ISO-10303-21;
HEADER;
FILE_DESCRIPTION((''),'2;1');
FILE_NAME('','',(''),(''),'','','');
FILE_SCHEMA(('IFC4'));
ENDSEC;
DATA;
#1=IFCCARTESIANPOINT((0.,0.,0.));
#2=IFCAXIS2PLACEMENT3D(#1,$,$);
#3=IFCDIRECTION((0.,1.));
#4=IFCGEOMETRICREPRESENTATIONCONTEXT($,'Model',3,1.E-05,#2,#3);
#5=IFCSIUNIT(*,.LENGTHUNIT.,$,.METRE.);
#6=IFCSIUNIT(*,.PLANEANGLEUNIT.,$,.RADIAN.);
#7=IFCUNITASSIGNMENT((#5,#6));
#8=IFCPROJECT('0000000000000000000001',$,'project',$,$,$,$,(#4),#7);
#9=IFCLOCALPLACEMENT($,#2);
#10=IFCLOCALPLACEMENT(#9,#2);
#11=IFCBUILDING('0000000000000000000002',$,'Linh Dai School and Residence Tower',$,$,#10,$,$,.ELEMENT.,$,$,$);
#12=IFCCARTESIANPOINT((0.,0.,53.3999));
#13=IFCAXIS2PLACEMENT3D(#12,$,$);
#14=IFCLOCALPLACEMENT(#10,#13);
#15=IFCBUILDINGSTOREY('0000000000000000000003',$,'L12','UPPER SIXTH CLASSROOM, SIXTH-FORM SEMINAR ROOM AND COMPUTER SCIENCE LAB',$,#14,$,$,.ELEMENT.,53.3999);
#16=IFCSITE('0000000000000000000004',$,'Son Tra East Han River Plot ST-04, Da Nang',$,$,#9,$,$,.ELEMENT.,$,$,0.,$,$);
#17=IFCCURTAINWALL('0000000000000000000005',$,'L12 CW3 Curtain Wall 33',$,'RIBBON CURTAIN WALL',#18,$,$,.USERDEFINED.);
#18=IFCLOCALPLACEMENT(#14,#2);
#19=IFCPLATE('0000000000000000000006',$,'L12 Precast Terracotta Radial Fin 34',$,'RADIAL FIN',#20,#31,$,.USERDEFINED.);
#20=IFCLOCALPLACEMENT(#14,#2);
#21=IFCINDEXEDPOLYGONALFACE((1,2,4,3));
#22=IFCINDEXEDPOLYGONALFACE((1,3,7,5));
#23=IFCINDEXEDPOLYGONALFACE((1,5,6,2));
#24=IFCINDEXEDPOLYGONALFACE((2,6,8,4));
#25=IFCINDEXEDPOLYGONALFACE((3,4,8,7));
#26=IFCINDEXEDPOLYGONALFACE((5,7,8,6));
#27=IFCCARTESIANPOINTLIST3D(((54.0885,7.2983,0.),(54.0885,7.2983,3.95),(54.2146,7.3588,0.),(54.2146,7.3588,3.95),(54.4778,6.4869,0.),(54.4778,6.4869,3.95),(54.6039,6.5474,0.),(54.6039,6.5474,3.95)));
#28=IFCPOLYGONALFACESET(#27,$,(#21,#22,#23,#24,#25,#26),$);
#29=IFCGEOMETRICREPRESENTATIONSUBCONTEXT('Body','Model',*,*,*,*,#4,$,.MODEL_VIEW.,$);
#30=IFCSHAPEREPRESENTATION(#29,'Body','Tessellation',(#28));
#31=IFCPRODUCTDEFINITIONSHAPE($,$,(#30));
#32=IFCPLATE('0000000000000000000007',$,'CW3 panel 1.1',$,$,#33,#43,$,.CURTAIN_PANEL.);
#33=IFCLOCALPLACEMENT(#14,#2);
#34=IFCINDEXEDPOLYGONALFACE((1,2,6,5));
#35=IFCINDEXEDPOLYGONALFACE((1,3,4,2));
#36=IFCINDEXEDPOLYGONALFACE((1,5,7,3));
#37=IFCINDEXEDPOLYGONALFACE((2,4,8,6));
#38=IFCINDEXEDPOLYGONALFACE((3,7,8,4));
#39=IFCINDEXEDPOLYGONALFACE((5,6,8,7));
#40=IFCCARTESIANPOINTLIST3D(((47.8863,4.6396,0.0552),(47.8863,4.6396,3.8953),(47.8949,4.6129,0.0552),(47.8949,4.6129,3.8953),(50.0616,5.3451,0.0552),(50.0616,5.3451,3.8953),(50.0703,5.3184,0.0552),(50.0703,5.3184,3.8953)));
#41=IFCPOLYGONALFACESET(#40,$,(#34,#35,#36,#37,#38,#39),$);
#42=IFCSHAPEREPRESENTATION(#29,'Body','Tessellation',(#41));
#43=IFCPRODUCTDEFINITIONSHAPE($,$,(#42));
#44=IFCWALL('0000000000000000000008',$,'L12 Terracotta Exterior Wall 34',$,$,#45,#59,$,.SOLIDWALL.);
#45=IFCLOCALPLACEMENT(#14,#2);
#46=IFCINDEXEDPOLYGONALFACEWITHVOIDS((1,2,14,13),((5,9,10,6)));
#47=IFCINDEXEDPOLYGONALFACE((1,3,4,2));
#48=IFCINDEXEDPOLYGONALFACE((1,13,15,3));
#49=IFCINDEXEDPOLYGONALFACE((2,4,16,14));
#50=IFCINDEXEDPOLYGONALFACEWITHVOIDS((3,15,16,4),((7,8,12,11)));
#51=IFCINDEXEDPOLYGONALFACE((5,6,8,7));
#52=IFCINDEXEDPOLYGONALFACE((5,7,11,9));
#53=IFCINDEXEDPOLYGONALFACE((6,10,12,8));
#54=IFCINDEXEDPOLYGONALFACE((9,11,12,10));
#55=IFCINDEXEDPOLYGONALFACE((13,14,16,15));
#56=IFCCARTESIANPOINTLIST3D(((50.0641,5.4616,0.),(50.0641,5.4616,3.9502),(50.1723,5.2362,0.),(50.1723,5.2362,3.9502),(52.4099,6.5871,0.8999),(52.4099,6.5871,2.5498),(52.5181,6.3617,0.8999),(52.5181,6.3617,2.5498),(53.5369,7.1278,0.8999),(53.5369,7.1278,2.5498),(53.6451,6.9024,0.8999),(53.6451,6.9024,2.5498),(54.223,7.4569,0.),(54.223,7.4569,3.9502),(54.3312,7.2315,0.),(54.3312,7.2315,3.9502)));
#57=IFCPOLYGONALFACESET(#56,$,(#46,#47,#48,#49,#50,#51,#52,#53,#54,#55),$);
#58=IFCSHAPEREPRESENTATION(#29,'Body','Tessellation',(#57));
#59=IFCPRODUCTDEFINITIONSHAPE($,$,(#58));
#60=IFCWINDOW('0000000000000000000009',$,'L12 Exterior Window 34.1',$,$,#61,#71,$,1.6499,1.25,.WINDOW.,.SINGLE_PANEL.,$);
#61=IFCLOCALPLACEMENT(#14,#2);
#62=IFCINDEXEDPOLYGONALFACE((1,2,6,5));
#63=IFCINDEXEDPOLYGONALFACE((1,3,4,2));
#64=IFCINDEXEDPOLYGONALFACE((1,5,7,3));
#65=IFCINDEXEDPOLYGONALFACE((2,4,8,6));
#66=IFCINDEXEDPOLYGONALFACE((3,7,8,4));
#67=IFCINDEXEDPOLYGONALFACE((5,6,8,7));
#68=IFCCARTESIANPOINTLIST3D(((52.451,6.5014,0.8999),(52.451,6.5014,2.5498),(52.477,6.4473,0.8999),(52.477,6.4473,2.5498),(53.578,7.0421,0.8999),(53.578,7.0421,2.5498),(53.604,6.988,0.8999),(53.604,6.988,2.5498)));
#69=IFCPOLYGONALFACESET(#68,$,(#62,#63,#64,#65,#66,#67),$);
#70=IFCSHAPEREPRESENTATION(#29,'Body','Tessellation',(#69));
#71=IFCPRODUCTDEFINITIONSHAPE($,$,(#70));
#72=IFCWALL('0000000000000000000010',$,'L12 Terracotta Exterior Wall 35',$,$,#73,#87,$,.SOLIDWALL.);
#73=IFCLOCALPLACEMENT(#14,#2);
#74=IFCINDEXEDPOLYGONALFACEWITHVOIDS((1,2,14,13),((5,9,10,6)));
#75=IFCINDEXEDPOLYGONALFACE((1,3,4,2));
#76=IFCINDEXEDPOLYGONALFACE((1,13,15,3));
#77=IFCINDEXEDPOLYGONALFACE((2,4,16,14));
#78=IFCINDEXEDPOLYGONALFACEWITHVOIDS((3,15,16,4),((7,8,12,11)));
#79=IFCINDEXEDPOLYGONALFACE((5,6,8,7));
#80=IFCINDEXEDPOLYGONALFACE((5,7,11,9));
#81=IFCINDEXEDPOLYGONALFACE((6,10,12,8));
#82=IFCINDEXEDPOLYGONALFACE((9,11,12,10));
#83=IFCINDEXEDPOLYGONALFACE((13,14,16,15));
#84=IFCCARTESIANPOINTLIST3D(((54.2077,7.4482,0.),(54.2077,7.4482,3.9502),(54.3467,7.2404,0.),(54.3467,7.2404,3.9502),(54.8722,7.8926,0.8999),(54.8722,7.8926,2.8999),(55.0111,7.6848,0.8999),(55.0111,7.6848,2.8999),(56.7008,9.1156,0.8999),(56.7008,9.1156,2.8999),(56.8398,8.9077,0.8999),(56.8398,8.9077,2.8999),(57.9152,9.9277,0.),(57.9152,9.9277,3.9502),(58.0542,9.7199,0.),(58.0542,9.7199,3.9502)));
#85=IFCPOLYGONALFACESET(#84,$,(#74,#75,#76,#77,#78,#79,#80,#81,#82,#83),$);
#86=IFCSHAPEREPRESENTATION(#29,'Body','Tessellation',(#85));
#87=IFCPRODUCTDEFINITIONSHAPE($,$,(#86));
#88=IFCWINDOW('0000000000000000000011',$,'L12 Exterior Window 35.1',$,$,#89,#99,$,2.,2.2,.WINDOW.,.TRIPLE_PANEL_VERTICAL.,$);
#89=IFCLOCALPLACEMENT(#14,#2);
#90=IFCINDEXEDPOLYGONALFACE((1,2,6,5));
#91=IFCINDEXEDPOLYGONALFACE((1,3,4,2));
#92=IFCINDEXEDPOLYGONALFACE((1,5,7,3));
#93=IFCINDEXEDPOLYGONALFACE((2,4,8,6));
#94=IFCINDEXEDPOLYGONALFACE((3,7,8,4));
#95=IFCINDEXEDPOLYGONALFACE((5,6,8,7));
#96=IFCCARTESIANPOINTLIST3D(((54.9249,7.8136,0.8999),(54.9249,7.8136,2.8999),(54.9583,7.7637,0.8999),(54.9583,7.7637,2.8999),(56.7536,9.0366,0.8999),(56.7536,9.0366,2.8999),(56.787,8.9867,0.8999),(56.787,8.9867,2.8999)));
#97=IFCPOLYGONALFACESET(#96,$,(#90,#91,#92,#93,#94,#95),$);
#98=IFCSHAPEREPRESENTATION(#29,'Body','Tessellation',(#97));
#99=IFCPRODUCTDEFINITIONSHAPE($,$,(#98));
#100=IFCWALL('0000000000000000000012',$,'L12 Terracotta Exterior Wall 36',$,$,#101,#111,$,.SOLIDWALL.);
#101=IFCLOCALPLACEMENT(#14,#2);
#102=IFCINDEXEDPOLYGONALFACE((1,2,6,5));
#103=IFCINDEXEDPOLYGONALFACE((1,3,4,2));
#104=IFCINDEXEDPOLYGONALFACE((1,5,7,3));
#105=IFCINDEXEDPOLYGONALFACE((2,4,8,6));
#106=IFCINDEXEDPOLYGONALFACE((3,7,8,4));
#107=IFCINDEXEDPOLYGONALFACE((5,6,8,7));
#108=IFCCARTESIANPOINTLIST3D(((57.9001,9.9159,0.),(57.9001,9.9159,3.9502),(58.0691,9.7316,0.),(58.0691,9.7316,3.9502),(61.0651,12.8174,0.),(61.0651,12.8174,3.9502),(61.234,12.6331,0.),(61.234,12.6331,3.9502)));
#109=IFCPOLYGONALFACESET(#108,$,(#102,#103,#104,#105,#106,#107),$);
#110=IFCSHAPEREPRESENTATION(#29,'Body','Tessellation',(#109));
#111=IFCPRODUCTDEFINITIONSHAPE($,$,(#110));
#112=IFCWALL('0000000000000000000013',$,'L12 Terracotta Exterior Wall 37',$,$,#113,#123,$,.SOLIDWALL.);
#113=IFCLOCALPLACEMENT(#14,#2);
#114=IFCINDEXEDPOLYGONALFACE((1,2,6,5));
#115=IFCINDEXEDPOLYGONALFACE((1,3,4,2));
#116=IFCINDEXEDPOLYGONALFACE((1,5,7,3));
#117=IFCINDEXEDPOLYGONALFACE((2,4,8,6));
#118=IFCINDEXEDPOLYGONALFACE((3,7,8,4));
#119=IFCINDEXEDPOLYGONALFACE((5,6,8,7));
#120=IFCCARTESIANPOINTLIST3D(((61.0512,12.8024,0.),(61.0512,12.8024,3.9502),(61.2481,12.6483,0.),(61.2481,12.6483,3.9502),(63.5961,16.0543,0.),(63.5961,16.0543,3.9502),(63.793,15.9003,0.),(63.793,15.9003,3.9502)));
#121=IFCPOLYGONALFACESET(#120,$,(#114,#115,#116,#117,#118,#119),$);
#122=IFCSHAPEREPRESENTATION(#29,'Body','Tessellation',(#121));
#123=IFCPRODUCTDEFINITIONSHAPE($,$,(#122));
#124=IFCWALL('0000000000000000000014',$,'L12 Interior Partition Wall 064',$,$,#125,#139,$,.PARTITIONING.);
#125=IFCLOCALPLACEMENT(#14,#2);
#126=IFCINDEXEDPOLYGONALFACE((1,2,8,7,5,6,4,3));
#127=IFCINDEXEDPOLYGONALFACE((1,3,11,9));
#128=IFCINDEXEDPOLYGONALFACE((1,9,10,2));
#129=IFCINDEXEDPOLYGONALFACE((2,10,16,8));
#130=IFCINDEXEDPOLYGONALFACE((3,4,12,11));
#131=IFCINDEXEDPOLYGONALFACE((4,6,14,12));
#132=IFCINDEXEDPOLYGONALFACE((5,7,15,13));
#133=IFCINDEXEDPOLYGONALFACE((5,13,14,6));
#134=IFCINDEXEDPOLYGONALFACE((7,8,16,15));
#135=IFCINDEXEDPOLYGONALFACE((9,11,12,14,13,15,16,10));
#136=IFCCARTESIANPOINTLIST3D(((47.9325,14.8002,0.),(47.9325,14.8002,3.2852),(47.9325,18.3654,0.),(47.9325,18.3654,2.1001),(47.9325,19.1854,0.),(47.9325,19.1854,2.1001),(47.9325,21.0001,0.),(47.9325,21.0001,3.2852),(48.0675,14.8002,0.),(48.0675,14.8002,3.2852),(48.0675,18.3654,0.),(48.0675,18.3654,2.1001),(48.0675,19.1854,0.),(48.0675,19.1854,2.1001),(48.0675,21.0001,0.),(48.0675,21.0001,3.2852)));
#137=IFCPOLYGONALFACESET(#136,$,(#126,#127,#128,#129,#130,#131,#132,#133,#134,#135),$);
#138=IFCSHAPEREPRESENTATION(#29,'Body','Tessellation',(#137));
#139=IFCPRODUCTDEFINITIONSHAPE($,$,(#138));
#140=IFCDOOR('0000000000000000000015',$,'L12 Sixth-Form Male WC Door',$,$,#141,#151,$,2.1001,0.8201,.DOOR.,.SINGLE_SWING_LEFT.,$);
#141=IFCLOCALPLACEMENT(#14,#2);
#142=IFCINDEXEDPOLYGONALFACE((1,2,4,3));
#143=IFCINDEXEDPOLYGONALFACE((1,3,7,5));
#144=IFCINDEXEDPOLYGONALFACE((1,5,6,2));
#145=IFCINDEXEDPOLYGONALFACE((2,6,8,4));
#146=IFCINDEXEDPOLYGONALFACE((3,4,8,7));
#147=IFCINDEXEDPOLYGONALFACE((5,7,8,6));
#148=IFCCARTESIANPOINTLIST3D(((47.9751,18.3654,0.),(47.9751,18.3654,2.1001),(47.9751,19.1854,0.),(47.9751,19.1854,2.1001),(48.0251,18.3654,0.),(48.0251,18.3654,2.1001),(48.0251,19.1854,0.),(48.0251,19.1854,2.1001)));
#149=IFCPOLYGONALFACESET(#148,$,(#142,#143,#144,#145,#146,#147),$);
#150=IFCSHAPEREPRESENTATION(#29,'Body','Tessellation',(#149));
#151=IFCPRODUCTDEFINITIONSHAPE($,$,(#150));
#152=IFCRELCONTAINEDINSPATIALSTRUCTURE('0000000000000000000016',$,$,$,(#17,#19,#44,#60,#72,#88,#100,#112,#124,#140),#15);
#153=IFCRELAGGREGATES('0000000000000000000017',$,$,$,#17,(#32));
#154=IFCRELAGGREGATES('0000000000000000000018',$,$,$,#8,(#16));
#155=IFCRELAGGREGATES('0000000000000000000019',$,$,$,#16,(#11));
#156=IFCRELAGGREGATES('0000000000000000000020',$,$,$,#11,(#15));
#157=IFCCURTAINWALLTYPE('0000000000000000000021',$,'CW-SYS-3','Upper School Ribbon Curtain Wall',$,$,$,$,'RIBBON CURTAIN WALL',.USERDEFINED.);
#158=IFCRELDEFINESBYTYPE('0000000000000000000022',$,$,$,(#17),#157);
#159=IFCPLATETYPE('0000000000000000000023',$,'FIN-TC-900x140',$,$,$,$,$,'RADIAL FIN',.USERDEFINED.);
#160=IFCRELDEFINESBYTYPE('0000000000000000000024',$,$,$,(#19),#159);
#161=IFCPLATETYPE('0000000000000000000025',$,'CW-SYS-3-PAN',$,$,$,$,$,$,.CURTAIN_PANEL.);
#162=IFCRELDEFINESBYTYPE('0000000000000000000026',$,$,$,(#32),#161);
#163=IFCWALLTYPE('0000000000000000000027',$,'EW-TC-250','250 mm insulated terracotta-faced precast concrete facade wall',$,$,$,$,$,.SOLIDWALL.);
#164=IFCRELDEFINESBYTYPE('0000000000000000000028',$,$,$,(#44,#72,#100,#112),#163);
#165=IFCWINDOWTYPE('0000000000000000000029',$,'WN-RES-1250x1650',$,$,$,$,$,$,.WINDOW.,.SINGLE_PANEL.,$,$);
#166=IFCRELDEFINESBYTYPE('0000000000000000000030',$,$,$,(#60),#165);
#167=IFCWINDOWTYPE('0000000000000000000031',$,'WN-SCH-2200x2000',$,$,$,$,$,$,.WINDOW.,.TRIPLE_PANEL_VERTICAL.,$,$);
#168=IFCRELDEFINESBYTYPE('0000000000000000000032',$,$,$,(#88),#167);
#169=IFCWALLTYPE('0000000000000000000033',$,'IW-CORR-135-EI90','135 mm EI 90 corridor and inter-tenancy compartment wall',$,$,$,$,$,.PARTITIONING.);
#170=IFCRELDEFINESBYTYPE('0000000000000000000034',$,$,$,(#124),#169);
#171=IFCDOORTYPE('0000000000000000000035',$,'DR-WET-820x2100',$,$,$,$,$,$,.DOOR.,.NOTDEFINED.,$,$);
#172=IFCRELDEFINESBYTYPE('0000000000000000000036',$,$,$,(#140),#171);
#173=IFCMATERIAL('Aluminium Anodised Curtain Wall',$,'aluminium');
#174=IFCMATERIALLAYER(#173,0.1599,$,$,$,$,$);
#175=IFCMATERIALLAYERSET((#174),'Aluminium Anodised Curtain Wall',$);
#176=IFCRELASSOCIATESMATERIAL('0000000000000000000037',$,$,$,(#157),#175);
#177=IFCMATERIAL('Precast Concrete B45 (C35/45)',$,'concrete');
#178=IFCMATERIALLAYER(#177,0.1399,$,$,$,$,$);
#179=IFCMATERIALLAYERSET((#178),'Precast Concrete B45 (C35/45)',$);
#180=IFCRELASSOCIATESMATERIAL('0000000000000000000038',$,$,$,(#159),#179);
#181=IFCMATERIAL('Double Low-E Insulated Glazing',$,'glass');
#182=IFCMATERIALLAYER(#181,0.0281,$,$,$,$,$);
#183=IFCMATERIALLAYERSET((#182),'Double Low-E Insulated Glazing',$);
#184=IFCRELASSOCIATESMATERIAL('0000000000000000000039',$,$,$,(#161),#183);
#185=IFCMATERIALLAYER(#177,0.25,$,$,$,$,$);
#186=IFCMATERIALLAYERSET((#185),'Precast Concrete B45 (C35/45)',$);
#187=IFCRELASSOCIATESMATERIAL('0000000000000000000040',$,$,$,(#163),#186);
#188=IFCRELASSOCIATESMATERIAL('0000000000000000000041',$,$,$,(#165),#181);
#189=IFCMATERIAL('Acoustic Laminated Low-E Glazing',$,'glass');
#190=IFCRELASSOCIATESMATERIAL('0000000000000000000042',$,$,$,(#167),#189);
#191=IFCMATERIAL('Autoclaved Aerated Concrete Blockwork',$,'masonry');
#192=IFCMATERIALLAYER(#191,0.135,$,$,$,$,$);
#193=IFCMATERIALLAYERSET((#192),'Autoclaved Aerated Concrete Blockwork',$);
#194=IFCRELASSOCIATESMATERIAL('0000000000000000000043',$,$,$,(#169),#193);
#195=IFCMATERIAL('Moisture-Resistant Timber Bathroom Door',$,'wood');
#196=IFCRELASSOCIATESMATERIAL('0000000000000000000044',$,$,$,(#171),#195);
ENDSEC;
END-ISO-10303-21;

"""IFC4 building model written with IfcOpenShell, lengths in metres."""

from ifc_helpers import new_model, si_unit, direction, frame, frame_2d, origin, origin_2d, place, context, subcontext, project, spatial, rectangle, extrude, source, transform, mapped, material, layer, layer_set, type_object, element, fill, aggregate, save


model = new_model("IFC4")

# Units and contexts
model_context = context("Model", 3, precision=1e-05, world=origin(), true_north=direction((0.0, 1.0)))
body_context = subcontext(model_context, "Body", "Model", "MODEL_VIEW")
ifc_project = project(units=[si_unit("LENGTHUNIT", "METRE"), si_unit("PLANEANGLEUNIT", "RADIAN")], contexts=[model_context])

# Site, building, storey
site_placement = place(None, origin())
site = spatial("IfcSite", under=ifc_project, at=site_placement, Name="Son Tra East Han River Plot ST-04, Da Nang", CompositionType="ELEMENT", RefElevation=0.0)
building_placement = place(site_placement, origin())
building = spatial("IfcBuilding", under=site, at=building_placement, Name="Linh Dai School and Residence Tower", CompositionType="ELEMENT")
storey_placement = place(building_placement, frame((0.0, 0.0, 53.3999)))
storey = spatial("IfcBuildingStorey", under=building, at=storey_placement, Name="L12", Description="UPPER SIXTH CLASSROOM, SIXTH-FORM SEMINAR ROOM AND COMPUTER SCIENCE LAB", CompositionType="ELEMENT", Elevation=53.3999)

# Curtain wall
ifc_material_1 = material(Name="Aluminium Anodised Curtain Wall", Category="aluminium")
ifc_layer_1 = layer(ifc_material_1, 0.1599)
ifc_layer_set_1 = layer_set([ifc_layer_1], Name="Aluminium Anodised Curtain Wall")
curtain_wall_type = type_object("IfcCurtainWallType", Name="CW-SYS-3", Description="Upper School Ribbon Curtain Wall", ElementType="RIBBON CURTAIN WALL", PredefinedType="USERDEFINED", material=ifc_layer_set_1)
curtain_wall_placement = place(storey_placement, origin())
curtain_wall = element("IfcCurtainWall", 1, at=curtain_wall_placement, inside=storey, type_object=curtain_wall_type, Name="L12 CW3 Curtain Wall 33", ObjectType="RIBBON CURTAIN WALL", PredefinedType="USERDEFINED")

# Plate
ifc_material_2 = material(Name="Precast Concrete B45 (C35/45)", Category="concrete")
ifc_layer_2 = layer(ifc_material_2, 0.1399)
ifc_layer_set_2 = layer_set([ifc_layer_2], Name="Precast Concrete B45 (C35/45)")
plate_type_1 = type_object("IfcPlateType", Name="FIN-TC-900x140", ElementType="RADIAL FIN", PredefinedType="USERDEFINED", material=ifc_layer_set_2)
shared_shape_1 = source(origin(), body_context, "Body", "SweptSolid", [
    extrude(rectangle(XDim=0.8999, YDim=0.1399, at=origin_2d()), origin(), (0.0, 0.0, 1.0), 3.95),
])
plate_1_placement = place(storey_placement, frame((54.3462, 6.9229, 0.0), z_axis=(0.0, 0.0, 1.0), x_axis=(0.432603, -0.901585, 0.0)))
element("IfcPlate", 2, at=plate_1_placement, inside=storey, type_object=plate_type_1, Name="L12 Precast Terracotta Radial Fin 34", ObjectType="RADIAL FIN", PredefinedType="USERDEFINED", context=body_context, shape_type="MappedRepresentation", body=[
    mapped(shared_shape_1, transform((0.0, 0.0, 0.0), x_axis=(1.0, 0.0, 0.0), y_axis=(0.0, 1.0, 0.0), z_axis=(0.0, 0.0, 1.0), scale=1.0)),
])

# Plate
ifc_material_3 = material(Name="Double Low-E Insulated Glazing", Category="glass")
ifc_layer_3 = layer(ifc_material_3, 0.0281)
ifc_layer_set_3 = layer_set([ifc_layer_3], Name="Double Low-E Insulated Glazing")
plate_type_2 = type_object("IfcPlateType", Name="CW-SYS-3-PAN", PredefinedType="CURTAIN_PANEL", material=ifc_layer_set_3)
shared_shape_2 = source(origin(), body_context, "Body", "SweptSolid", [
    extrude(rectangle(XDim=2.2869, YDim=0.0281, at=origin_2d()), origin(), (0.0, 0.0, 1.0), 3.8401),
])
plate_2_placement = place(storey_placement, frame((48.9783, 4.979, 0.0552), z_axis=(0.0, 0.0, 1.0), x_axis=(-0.951221, -0.308511, 0.0)))
plate_2 = element("IfcPlate", 3, at=plate_2_placement, type_object=plate_type_2, Name="CW3 panel 1.1", PredefinedType="CURTAIN_PANEL", context=body_context, shape_type="MappedRepresentation", body=[
    mapped(shared_shape_2, transform((0.0, 0.0, 0.0), x_axis=(1.0, 0.0, 0.0), y_axis=(0.0, 1.0, 0.0), z_axis=(0.0, 0.0, 1.0), scale=1.0)),
])
aggregate(curtain_wall, [plate_2])

# Walls, openings, windows
ifc_layer_4 = layer(ifc_material_2, 0.25)
ifc_layer_set_4 = layer_set([ifc_layer_4], Name="Precast Concrete B45 (C35/45)")
wall_type_1 = type_object("IfcWallType", Name="EW-TC-250", Description="250 mm insulated terracotta-faced precast concrete facade wall", PredefinedType="SOLIDWALL", material=ifc_layer_set_4)
wall_1_placement = place(storey_placement, frame((54.2771, 7.3442, 0.0), z_axis=(0.0, 0.0, 1.0), x_axis=(-0.901602, -0.432568, 0.0)))
wall_1 = element("IfcWall", 4, at=wall_1_placement, inside=storey, type_object=wall_type_1, Name="L12 Terracotta Exterior Wall 34", PredefinedType="SOLIDWALL", context=body_context, shape_type="SweptSolid", body=[
    extrude(rectangle(XDim=4.6128, YDim=0.25, at=frame_2d((2.3064, 0.0))), origin(), (0.0, 0.0, 1.0), 3.9502),
])
opening_1_placement = place(wall_1_placement, frame((0.761, 0.0, 0.8999)))
opening_1 = element("IfcOpeningElement", 5, at=opening_1_placement, cuts=wall_1, PredefinedType="OPENING", context=body_context, shape_type="SweptSolid", body=[
    extrude(rectangle(XDim=1.25, YDim=1.6499, at=origin_2d()), frame((0.625, 0.135, 0.825), z_axis=(0.0, -1.0, 0.0), x_axis=(1.0, 0.0, 0.0)), (0.0, 0.0, 1.0), 0.27),
])
window_type_1 = type_object("IfcWindowType", Name="WN-RES-1250x1650", PartitioningType="SINGLE_PANEL", PredefinedType="WINDOW", material=ifc_material_3)
shared_shape_3 = source(origin(), body_context, "Body", "SweptSolid", [
    extrude(rectangle(XDim=1.25, YDim=1.6499, at=origin_2d()), frame((0.625, 0.03, 0.825), z_axis=(0.0, -1.0, 0.0), x_axis=(1.0, 0.0, 0.0)), (0.0, 0.0, 1.0), 0.0601),
])
window_1_placement = place(opening_1_placement, origin())
window_1 = element("IfcWindow", 6, at=window_1_placement, inside=storey, type_object=window_type_1, Name="L12 Exterior Window 34.1", OverallHeight=1.6499, OverallWidth=1.25, PartitioningType="SINGLE_PANEL", PredefinedType="WINDOW", context=body_context, shape_type="MappedRepresentation", body=[
    mapped(shared_shape_3, transform((0.0, 0.0, 0.0), x_axis=(1.0, 0.0, 0.0), y_axis=(0.0, 1.0, 0.0), z_axis=(0.0, 0.0, 1.0), scale=1.0)),
])
fill(opening_1, window_1)
wall_2_placement = place(storey_placement, frame((57.9846, 9.8237, 0.0), z_axis=(0.0, 0.0, 1.0), x_axis=(-0.831241, -0.555912, 0.0)))
wall_2 = element("IfcWall", 7, at=wall_2_placement, inside=storey, type_object=wall_type_1, Name="L12 Terracotta Exterior Wall 35", PredefinedType="SOLIDWALL", context=body_context, shape_type="SweptSolid", body=[
    extrude(rectangle(XDim=4.4602, YDim=0.25, at=frame_2d((2.23, 0.0))), origin(), (0.0, 0.0, 1.0), 3.9502),
])
opening_2_placement = place(wall_2_placement, frame((1.4607, 0.0, 0.8999)))
opening_2 = element("IfcOpeningElement", 8, at=opening_2_placement, cuts=wall_2, PredefinedType="OPENING", context=body_context, shape_type="SweptSolid", body=[
    extrude(rectangle(XDim=2.2, YDim=2.0, at=origin_2d()), frame((1.1001, 0.135, 1.0), z_axis=(0.0, -1.0, 0.0), x_axis=(1.0, 0.0, 0.0)), (0.0, 0.0, 1.0), 0.27),
])
ifc_material_4 = material(Name="Acoustic Laminated Low-E Glazing", Category="glass")
window_type_2 = type_object("IfcWindowType", Name="WN-SCH-2200x2000", PartitioningType="TRIPLE_PANEL_VERTICAL", PredefinedType="WINDOW", material=ifc_material_4)
shared_shape_4 = source(origin(), body_context, "Body", "SweptSolid", [
    extrude(rectangle(XDim=2.2, YDim=2.0, at=origin_2d()), frame((1.1001, 0.03, 1.0), z_axis=(0.0, -1.0, 0.0), x_axis=(1.0, 0.0, 0.0)), (0.0, 0.0, 1.0), 0.0601),
])
window_2_placement = place(opening_2_placement, origin())
window_2 = element("IfcWindow", 9, at=window_2_placement, inside=storey, type_object=window_type_2, Name="L12 Exterior Window 35.1", OverallHeight=2.0, OverallWidth=2.2, PartitioningType="TRIPLE_PANEL_VERTICAL", PredefinedType="WINDOW", context=body_context, shape_type="MappedRepresentation", body=[
    mapped(shared_shape_4, transform((0.0, 0.0, 0.0), x_axis=(1.0, 0.0, 0.0), y_axis=(0.0, 1.0, 0.0), z_axis=(0.0, 0.0, 1.0), scale=1.0)),
])
fill(opening_2, window_2)

# Walls
wall_3_placement = place(storey_placement, frame((61.1497, 12.7253, 0.0), z_axis=(0.0, 0.0, 1.0), x_axis=(-0.737116, -0.675766, 0.0)))
element("IfcWall", 10, at=wall_3_placement, inside=storey, type_object=wall_type_1, Name="L12 Terracotta Exterior Wall 36", PredefinedType="SOLIDWALL", context=body_context, shape_type="SweptSolid", body=[
    extrude(rectangle(XDim=4.2937, YDim=0.25, at=frame_2d((2.147, 0.0))), origin(), (0.0, 0.0, 1.0), 3.9502),
])
wall_4_placement = place(storey_placement, frame((63.6946, 15.9773, 0.0), z_axis=(0.0, 0.0, 1.0), x_axis=(-0.616296, -0.787515, 0.0)))
element("IfcWall", 11, at=wall_4_placement, inside=storey, type_object=wall_type_1, Name="L12 Terracotta Exterior Wall 37", PredefinedType="SOLIDWALL", context=body_context, shape_type="SweptSolid", body=[
    extrude(rectangle(XDim=4.1294, YDim=0.25, at=frame_2d((2.0647, 0.0))), origin(), (0.0, 0.0, 1.0), 3.9502),
])

# Wall, opening, door
ifc_material_5 = material(Name="Autoclaved Aerated Concrete Blockwork", Category="masonry")
ifc_layer_5 = layer(ifc_material_5, 0.135)
ifc_layer_set_5 = layer_set([ifc_layer_5], Name="Autoclaved Aerated Concrete Blockwork")
wall_type_2 = type_object("IfcWallType", Name="IW-CORR-135-EI90", Description="135 mm EI 90 corridor and inter-tenancy compartment wall", PredefinedType="PARTITIONING", material=ifc_layer_set_5)
wall_5_placement = place(storey_placement, frame((48.0, 14.8, 0.0), z_axis=(0.0, 0.0, 1.0), x_axis=(0.0, 1.0, 0.0)))
wall_5 = element("IfcWall", 12, at=wall_5_placement, inside=storey, type_object=wall_type_2, Name="L12 Interior Partition Wall 064", PredefinedType="PARTITIONING", context=body_context, shape_type="SweptSolid", body=[
    extrude(rectangle(XDim=6.2, YDim=0.135, at=frame_2d((3.1001, 0.0))), origin(), (0.0, 0.0, 1.0), 3.2852),
])
opening_3_placement = place(wall_5_placement, frame((3.5652, 0.0, 0.0)))
opening_3 = element("IfcOpeningElement", 13, at=opening_3_placement, cuts=wall_5, PredefinedType="OPENING", context=body_context, shape_type="SweptSolid", body=[
    extrude(rectangle(XDim=0.8201, YDim=2.1001, at=origin_2d()), frame((0.4102, 0.0776, 1.05), z_axis=(0.0, -1.0, 0.0), x_axis=(1.0, 0.0, 0.0)), (0.0, 0.0, 1.0), 0.155),
])
ifc_material_6 = material(Name="Moisture-Resistant Timber Bathroom Door", Category="wood")
door_type_1 = type_object("IfcDoorType", Name="DR-WET-820x2100", OperationType="NOTDEFINED", PredefinedType="DOOR", material=ifc_material_6)
shared_shape_5 = source(origin(), body_context, "Body", "SweptSolid", [
    extrude(rectangle(XDim=0.8201, YDim=2.1001, at=origin_2d()), frame((0.4102, 0.0249, 1.05), z_axis=(0.0, -1.0, 0.0), x_axis=(1.0, 0.0, 0.0)), (0.0, 0.0, 1.0), 0.05),
])
door_1_placement = place(opening_3_placement, origin())
door_1 = element("IfcDoor", 14, at=door_1_placement, inside=storey, type_object=door_type_1, Name="L12 Sixth-Form Male WC Door", OperationType="SINGLE_SWING_LEFT", OverallHeight=2.1001, OverallWidth=0.8201, PredefinedType="DOOR", context=body_context, shape_type="MappedRepresentation", body=[
    mapped(shared_shape_5, transform((0.0, 0.0, 0.0), x_axis=(1.0, 0.0, 0.0), y_axis=(0.0, 1.0, 0.0), z_axis=(0.0, 0.0, 1.0), scale=1.0)),
])
fill(opening_3, door_1)

save(model, "model.ifc")
